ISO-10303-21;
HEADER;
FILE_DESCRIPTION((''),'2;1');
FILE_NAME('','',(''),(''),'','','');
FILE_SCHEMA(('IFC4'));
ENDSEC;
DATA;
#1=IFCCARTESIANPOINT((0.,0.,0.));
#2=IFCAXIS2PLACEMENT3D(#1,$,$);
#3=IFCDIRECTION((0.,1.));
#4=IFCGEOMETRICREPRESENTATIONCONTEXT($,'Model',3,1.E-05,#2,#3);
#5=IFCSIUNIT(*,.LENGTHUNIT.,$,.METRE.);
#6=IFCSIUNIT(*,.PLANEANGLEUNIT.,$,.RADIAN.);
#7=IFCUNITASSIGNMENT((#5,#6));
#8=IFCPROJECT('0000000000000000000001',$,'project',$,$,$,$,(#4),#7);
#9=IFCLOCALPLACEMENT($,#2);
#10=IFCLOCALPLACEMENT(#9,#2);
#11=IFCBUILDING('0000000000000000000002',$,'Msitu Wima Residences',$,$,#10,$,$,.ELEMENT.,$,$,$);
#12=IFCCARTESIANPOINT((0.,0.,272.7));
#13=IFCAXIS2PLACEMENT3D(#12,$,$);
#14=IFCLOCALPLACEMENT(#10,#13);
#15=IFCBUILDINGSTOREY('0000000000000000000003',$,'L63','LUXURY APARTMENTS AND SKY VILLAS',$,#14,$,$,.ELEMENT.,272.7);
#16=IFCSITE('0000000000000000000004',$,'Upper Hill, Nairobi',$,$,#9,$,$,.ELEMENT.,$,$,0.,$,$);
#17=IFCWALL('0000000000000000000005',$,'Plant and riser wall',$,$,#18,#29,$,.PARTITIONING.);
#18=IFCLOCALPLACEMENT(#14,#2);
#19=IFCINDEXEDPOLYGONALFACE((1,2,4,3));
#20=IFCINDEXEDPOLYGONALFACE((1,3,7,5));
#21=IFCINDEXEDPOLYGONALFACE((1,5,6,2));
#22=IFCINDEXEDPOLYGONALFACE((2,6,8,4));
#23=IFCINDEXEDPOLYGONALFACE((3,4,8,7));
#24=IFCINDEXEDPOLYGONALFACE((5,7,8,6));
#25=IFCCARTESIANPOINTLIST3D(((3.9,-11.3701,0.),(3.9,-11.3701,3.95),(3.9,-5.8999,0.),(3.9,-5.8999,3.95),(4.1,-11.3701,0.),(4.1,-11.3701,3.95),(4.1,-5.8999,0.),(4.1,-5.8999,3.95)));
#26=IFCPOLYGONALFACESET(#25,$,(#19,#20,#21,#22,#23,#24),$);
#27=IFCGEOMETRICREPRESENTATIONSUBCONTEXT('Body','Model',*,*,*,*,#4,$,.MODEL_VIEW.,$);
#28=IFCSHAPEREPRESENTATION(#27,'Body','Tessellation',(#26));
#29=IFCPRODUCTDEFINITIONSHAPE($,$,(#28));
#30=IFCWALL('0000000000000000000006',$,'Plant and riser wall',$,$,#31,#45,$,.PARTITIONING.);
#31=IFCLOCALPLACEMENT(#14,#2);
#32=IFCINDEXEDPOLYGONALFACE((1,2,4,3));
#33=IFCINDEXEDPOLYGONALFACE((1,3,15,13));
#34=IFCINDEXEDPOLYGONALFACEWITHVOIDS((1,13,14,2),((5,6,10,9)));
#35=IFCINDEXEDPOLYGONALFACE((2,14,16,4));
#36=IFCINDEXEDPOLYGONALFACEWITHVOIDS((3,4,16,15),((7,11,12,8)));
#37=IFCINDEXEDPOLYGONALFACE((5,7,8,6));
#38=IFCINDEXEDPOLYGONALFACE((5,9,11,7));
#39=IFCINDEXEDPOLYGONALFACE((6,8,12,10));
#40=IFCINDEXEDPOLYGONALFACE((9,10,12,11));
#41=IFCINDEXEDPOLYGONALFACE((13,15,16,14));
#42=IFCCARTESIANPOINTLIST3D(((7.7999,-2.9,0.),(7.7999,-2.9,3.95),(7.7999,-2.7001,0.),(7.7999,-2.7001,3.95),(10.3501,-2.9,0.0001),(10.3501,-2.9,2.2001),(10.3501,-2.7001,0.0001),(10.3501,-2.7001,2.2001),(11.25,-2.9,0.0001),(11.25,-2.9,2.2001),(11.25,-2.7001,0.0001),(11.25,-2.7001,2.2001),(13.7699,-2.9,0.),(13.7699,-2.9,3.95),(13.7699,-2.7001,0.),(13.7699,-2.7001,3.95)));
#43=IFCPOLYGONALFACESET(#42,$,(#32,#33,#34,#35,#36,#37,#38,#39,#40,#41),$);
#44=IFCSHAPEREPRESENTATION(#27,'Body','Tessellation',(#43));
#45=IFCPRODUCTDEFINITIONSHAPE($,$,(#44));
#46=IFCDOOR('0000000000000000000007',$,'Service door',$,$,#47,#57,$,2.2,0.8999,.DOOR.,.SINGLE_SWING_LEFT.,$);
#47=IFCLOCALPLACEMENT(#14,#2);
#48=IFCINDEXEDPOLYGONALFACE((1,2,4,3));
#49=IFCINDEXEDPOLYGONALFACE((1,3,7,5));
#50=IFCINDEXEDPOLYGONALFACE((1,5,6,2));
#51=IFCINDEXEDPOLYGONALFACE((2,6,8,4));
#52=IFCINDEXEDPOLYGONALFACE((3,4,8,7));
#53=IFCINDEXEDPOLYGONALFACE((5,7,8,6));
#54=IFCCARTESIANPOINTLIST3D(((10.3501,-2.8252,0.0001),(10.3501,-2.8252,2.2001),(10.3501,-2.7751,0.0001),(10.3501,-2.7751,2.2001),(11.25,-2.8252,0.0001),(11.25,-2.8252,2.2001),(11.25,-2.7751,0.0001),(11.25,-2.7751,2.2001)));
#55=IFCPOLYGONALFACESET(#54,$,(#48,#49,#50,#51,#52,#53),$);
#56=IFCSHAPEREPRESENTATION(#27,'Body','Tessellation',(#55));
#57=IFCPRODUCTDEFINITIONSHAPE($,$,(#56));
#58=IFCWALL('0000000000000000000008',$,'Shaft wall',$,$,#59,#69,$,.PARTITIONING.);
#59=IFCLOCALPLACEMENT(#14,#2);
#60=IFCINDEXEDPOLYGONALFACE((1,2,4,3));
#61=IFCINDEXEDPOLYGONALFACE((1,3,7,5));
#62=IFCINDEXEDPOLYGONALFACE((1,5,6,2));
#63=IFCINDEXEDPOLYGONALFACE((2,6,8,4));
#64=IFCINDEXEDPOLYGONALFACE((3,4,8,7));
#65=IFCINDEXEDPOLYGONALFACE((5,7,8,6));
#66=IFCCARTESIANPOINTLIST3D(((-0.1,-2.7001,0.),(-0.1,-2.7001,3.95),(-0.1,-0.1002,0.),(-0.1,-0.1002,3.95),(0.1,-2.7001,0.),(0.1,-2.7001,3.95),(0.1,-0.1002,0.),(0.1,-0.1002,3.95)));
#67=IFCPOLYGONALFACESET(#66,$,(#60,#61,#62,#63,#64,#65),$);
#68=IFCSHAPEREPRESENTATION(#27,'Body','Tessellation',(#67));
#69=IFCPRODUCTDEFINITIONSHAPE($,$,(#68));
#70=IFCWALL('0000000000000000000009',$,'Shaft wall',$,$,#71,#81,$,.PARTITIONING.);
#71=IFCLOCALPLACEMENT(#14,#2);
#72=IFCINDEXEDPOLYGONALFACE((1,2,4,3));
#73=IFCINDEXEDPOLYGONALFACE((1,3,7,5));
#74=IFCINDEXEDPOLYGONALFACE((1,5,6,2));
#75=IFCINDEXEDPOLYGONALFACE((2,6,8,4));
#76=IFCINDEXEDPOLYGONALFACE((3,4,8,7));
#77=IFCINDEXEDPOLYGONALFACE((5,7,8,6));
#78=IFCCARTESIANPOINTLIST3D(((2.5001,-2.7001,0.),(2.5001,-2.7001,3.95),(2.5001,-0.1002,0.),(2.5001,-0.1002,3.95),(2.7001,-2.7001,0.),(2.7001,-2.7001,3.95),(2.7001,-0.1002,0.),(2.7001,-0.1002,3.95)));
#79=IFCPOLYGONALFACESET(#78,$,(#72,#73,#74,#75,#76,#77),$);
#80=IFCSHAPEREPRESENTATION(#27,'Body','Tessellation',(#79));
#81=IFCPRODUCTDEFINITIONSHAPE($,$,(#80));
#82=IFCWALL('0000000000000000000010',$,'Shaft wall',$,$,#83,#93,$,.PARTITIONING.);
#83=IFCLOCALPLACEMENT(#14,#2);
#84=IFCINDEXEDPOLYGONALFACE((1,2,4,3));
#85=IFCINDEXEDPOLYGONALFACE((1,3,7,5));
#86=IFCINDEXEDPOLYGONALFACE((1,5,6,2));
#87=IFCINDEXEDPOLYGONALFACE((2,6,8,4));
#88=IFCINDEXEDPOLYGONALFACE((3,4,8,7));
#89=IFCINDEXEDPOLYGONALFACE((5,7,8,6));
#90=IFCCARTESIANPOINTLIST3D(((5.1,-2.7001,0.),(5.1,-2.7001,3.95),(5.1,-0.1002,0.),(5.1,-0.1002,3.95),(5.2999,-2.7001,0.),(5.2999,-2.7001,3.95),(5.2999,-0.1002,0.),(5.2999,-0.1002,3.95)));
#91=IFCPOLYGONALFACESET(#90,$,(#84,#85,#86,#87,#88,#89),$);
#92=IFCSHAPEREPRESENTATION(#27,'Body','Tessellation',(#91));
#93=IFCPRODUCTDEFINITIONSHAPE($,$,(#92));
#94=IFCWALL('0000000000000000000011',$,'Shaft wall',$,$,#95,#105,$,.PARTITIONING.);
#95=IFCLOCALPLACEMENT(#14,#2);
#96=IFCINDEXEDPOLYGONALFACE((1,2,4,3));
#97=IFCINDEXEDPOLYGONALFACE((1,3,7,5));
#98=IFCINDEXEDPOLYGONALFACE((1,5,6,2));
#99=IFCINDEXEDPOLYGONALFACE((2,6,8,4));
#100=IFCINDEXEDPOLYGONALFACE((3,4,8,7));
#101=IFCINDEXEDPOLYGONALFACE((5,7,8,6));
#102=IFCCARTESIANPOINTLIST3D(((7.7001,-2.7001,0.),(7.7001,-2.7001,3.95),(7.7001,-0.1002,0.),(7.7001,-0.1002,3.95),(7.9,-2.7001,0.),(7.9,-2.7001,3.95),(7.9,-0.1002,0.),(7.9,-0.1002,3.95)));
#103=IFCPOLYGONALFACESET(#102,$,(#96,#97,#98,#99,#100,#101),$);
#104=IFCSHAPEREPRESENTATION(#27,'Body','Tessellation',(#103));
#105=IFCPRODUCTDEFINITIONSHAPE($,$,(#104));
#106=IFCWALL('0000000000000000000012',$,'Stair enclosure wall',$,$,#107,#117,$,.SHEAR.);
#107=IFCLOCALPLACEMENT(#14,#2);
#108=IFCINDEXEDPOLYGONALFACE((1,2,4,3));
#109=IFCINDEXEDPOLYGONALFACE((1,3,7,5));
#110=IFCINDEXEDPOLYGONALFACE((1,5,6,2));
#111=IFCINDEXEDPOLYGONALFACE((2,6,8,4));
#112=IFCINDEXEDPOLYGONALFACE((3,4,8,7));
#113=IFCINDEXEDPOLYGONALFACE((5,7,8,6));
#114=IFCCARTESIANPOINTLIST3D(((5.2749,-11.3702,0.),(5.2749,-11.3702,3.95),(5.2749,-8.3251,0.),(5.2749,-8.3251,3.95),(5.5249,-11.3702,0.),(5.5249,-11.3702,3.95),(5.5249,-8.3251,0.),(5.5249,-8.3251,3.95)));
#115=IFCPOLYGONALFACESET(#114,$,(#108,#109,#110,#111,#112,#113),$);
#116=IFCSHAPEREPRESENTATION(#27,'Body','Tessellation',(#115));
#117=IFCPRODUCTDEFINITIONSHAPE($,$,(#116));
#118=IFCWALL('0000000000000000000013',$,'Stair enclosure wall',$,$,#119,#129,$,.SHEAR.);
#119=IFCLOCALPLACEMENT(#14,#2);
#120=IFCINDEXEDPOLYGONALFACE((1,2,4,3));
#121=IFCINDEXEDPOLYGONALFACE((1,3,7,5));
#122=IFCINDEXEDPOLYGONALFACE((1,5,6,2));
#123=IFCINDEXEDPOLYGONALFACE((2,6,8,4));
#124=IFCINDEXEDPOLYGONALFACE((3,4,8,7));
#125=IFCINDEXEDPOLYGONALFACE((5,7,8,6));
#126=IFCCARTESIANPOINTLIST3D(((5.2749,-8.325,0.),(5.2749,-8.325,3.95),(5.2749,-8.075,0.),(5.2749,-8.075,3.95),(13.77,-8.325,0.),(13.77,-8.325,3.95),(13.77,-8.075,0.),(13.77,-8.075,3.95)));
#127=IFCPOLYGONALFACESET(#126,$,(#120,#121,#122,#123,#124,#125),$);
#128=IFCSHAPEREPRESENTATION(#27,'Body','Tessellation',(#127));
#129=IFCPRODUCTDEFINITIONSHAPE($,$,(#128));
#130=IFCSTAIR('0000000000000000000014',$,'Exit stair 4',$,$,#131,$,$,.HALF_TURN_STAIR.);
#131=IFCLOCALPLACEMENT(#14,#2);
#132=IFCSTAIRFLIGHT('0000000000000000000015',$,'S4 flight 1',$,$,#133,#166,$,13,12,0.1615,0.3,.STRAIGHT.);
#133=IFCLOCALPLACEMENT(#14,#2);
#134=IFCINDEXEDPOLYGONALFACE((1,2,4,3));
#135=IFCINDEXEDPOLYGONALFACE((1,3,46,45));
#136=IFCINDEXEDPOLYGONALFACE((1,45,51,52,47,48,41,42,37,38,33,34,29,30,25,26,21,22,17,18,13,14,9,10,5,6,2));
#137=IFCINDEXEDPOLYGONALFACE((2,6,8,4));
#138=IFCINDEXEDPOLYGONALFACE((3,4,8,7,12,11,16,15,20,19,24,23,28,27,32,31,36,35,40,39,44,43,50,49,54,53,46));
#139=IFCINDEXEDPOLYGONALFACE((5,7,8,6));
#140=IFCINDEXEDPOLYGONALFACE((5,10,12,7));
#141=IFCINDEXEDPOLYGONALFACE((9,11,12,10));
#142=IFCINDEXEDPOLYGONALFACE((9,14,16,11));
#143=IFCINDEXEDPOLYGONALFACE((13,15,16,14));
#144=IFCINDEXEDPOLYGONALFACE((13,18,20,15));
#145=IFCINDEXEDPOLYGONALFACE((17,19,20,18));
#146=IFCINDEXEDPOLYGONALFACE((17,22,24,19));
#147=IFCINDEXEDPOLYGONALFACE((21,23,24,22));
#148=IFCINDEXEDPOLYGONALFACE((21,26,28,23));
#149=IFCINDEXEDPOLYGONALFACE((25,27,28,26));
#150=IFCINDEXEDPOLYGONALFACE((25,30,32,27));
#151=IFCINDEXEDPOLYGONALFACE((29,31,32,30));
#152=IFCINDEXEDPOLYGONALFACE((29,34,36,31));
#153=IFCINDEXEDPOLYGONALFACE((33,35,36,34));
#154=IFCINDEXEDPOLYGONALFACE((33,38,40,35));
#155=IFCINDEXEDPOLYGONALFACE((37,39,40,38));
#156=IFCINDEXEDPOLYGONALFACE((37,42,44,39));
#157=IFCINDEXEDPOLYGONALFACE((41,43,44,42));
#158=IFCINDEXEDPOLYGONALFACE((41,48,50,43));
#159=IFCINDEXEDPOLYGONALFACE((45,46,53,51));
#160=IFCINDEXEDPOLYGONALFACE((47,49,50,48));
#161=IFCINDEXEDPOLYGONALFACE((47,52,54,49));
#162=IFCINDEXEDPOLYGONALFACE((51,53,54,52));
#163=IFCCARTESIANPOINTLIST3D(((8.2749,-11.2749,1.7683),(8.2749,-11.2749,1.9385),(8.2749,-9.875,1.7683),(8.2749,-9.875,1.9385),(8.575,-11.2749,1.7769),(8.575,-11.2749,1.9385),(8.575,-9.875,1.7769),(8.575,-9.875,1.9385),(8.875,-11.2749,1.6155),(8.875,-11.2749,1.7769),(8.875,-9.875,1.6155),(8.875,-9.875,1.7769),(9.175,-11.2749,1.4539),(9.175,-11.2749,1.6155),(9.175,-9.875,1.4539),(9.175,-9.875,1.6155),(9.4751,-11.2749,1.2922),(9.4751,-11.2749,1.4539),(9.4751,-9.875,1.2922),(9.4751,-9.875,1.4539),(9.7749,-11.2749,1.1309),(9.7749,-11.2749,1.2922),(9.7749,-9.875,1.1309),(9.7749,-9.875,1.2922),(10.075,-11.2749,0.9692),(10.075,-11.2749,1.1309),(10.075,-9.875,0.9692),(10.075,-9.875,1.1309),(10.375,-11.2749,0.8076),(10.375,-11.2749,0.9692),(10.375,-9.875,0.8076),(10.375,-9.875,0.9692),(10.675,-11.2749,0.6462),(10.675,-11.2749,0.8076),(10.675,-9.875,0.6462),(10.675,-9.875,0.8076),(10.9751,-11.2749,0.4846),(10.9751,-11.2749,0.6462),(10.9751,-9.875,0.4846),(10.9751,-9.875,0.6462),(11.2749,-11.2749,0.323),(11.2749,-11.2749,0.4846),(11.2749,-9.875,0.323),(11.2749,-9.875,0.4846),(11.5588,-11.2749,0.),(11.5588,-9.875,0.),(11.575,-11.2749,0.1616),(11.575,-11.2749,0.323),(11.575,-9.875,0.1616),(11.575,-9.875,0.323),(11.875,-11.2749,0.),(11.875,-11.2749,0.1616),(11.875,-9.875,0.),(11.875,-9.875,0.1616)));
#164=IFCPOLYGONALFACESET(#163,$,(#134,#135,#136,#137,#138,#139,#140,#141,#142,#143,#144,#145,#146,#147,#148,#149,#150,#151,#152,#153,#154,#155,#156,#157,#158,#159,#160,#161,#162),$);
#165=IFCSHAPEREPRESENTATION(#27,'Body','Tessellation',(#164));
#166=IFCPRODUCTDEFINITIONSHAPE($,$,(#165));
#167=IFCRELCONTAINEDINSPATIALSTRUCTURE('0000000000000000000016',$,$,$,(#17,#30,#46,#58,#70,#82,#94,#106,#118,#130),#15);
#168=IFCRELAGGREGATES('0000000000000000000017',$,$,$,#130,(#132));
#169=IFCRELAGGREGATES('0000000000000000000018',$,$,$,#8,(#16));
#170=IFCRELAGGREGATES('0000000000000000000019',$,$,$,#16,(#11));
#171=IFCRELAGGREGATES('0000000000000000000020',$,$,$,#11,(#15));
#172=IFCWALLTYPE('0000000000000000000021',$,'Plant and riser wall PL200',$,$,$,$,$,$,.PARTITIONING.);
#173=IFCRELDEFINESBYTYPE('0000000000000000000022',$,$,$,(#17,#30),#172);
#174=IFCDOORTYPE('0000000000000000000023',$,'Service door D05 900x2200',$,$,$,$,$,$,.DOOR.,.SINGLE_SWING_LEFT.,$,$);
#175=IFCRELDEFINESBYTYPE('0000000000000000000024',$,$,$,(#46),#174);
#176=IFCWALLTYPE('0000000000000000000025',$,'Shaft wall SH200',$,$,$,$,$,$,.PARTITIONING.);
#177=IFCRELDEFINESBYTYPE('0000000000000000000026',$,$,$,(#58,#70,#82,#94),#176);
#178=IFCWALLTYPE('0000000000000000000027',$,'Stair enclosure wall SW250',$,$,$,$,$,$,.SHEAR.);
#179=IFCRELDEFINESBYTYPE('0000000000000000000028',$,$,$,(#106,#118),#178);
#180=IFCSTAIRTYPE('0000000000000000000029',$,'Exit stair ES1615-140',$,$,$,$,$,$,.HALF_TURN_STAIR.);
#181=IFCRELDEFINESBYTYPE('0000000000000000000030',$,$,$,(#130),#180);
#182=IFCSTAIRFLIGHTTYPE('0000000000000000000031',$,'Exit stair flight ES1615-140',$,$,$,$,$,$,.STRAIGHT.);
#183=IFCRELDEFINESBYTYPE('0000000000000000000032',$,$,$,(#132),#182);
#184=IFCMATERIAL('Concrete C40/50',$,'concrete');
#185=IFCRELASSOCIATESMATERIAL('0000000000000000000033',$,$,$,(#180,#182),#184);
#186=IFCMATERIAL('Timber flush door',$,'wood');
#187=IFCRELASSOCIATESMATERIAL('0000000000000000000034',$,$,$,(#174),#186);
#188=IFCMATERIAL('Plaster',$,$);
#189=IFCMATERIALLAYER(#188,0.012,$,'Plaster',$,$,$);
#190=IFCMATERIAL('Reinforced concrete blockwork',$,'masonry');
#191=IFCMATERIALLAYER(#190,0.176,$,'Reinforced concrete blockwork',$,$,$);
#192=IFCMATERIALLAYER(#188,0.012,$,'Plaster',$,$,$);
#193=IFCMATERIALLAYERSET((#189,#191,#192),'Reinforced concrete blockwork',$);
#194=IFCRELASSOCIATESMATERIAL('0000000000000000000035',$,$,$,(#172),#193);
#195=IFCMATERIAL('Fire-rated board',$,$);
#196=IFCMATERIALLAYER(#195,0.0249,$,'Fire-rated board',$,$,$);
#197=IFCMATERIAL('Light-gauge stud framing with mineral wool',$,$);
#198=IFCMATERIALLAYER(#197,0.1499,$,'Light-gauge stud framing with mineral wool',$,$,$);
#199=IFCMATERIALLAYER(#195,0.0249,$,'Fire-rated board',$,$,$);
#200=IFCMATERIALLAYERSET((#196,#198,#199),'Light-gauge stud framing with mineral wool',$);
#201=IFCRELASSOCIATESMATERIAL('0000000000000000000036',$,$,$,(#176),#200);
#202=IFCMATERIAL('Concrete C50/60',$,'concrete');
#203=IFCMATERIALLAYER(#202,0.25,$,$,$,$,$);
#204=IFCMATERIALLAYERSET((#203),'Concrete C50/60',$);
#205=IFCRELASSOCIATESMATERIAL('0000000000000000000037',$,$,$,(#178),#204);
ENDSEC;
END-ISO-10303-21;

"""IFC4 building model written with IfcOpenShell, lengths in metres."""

from ifc_helpers import new_model, si_unit, direction, frame, frame_2d, origin, place, context, subcontext, project, spatial, polyline, rectangle, outline, extrude, material, layer, layer_set, type_object, element, fill, aggregate, save


model = new_model("IFC4")

# Units and contexts
model_context = context("Model", 3, precision=1e-05, world=origin(), true_north=direction((0.0, 1.0)))
body_context = subcontext(model_context, "Body", "Model", "MODEL_VIEW")
ifc_project = project(units=[si_unit("LENGTHUNIT", "METRE"), si_unit("PLANEANGLEUNIT", "RADIAN")], contexts=[model_context])

# Site, building, storey
site_placement = place(None, origin())
site = spatial("IfcSite", under=ifc_project, at=site_placement, Name="Upper Hill, Nairobi", CompositionType="ELEMENT", RefElevation=0.0)
building_placement = place(site_placement, origin())
building = spatial("IfcBuilding", under=site, at=building_placement, Name="Msitu Wima Residences", CompositionType="ELEMENT")
storey_placement = place(building_placement, frame((0.0, 0.0, 272.7)))
storey = spatial("IfcBuildingStorey", under=building, at=storey_placement, Name="L63", Description="LUXURY APARTMENTS AND SKY VILLAS", CompositionType="ELEMENT", Elevation=272.7)

# Shared definitions
ifc_material_1 = material(Name="Concrete C40/50", Category="concrete")

# Shared definitions
stair_type = type_object("IfcStairType", Name="Exit stair ES1615-140", PredefinedType="HALF_TURN_STAIR", material=ifc_material_1)

# Shared definitions
ifc_material_2 = material(Name="Plaster")
ifc_material_3 = material(Name="Timber flush door", Category="wood")
door_type = type_object("IfcDoorType", Name="Service door D05 900x2200", OperationType="SINGLE_SWING_LEFT", PredefinedType="DOOR", material=ifc_material_3)

# Wall
ifc_layer_1 = layer(ifc_material_2, 0.012, Name="Plaster")
ifc_material_4 = material(Name="Reinforced concrete blockwork", Category="masonry")
ifc_layer_2 = layer(ifc_material_4, 0.176, Name="Reinforced concrete blockwork")
ifc_layer_3 = layer(ifc_material_2, 0.012, Name="Plaster")
ifc_layer_set_1 = layer_set([ifc_layer_1, ifc_layer_2, ifc_layer_3], Name="Reinforced concrete blockwork")
wall_type_1 = type_object("IfcWallType", Name="Plant and riser wall PL200", PredefinedType="PARTITIONING", material=ifc_layer_set_1)
wall_1_placement = place(storey_placement, frame((4.0, -11.3701, 0.0), z_axis=(0.0, 0.0, 1.0), x_axis=(0.0, 1.0, 0.0)))
element("IfcWall", 1, at=wall_1_placement, inside=storey, type_object=wall_type_1, Name="Plant and riser wall", PredefinedType="PARTITIONING", context=body_context, shape_type="SweptSolid", body=[
    extrude(rectangle(XDim=5.4702, YDim=0.2, at=frame_2d((2.7351, 0.0))), origin(), (0.0, 0.0, 1.0), 3.95),
])

# Wall, opening, door
wall_2_placement = place(storey_placement, frame((7.8, -2.8, 0.0), z_axis=(0.0, 0.0, 1.0), x_axis=(1.0, 0.0, 0.0)))
wall_2 = element("IfcWall", 2, at=wall_2_placement, inside=storey, type_object=wall_type_1, Name="Plant and riser wall", PredefinedType="PARTITIONING", context=body_context, shape_type="SweptSolid", body=[
    extrude(rectangle(XDim=5.97, YDim=0.2, at=frame_2d((2.9849, 0.0))), origin(), (0.0, 0.0, 1.0), 3.95),
])
opening_1_placement = place(wall_2_placement, frame((2.55, 0.0, 0.0)))
opening_1 = element("IfcOpeningElement", 3, at=opening_1_placement, cuts=wall_2, PredefinedType="OPENING", context=body_context, shape_type="SweptSolid", body=[
    extrude(rectangle(XDim=0.8999, YDim=2.2, at=frame_2d((0.45, 1.1001))), frame((0.0, 0.1099, 0.0), z_axis=(0.0, -1.0, 0.0), x_axis=(1.0, 0.0, 0.0)), (0.0, 0.0, 1.0), 0.22),
])
door_1_placement = place(opening_1_placement, origin())
door_1 = element("IfcDoor", 4, at=door_1_placement, inside=storey, type_object=door_type, Name="Service door", OperationType="SINGLE_SWING_LEFT", OverallHeight=2.2, OverallWidth=0.8999, PredefinedType="DOOR", context=body_context, shape_type="SweptSolid", body=[
    extrude(rectangle(XDim=0.8999, YDim=2.2, at=frame_2d((0.45, 1.1001))), frame((0.0, 0.0249, 0.0), z_axis=(0.0, -1.0, 0.0), x_axis=(1.0, 0.0, 0.0)), (0.0, 0.0, 1.0), 0.05),
])
fill(opening_1, door_1)

# Walls
ifc_material_5 = material(Name="Fire-rated board")
ifc_layer_4 = layer(ifc_material_5, 0.0249, Name="Fire-rated board")
ifc_material_6 = material(Name="Light-gauge stud framing with mineral wool")
ifc_layer_5 = layer(ifc_material_6, 0.1499, Name="Light-gauge stud framing with mineral wool")
ifc_layer_6 = layer(ifc_material_5, 0.0249, Name="Fire-rated board")
ifc_layer_set_2 = layer_set([ifc_layer_4, ifc_layer_5, ifc_layer_6], Name="Light-gauge stud framing with mineral wool")
wall_type_2 = type_object("IfcWallType", Name="Shaft wall SH200", PredefinedType="PARTITIONING", material=ifc_layer_set_2)
for number, where, z_axis, x_axis, name in (
    (5, (0.0, -2.7, 0.0), (0.0, 0.0, 1.0), (0.0, 1.0, 0.0), "Shaft wall"),
    (6, (2.6001, -2.7, 0.0), (0.0, 0.0, 1.0), (0.0, 1.0, 0.0), "Shaft wall"),
    (7, (5.2, -2.7, 0.0), (0.0, 0.0, 1.0), (0.0, 1.0, 0.0), "Shaft wall"),
    (8, (7.8, -2.7, 0.0), (0.0, 0.0, 1.0), (0.0, 1.0, 0.0), "Shaft wall"),
):
    element("IfcWall", number, at=place(storey_placement, frame(where, z_axis=z_axis, x_axis=x_axis)), inside=storey, type_object=wall_type_2, Name=name, PredefinedType="PARTITIONING", context=body_context, shape_type="SweptSolid", body=[
        extrude(rectangle(XDim=2.5999, YDim=0.2, at=frame_2d((1.2998, 0.0))), origin(), (0.0, 0.0, 1.0), 3.95),
    ])
ifc_material_7 = material(Name="Concrete C50/60", Category="concrete")
ifc_layer_7 = layer(ifc_material_7, 0.25)
ifc_layer_set_3 = layer_set([ifc_layer_7], Name="Concrete C50/60")
wall_type_3 = type_object("IfcWallType", Name="Stair enclosure wall SW250", PredefinedType="SHEAR", material=ifc_layer_set_3)
wall_3_placement = place(storey_placement, frame((5.3999, -11.3701, 0.0), z_axis=(0.0, 0.0, 1.0), x_axis=(0.0, 1.0, 0.0)))
element("IfcWall", 9, at=wall_3_placement, inside=storey, type_object=wall_type_3, Name="Stair enclosure wall", PredefinedType="SHEAR", context=body_context, shape_type="SweptSolid", body=[
    extrude(rectangle(XDim=3.0452, YDim=0.25, at=frame_2d((1.5225, 0.0))), origin(), (0.0, 0.0, 1.0), 3.95),
])
wall_4_placement = place(storey_placement, frame((5.2749, -8.2, 0.0), z_axis=(0.0, 0.0, 1.0), x_axis=(1.0, 0.0, 0.0)))
element("IfcWall", 10, at=wall_4_placement, inside=storey, type_object=wall_type_3, Name="Stair enclosure wall", PredefinedType="SHEAR", context=body_context, shape_type="SweptSolid", body=[
    extrude(rectangle(XDim=8.4951, YDim=0.25, at=frame_2d((4.2476, 0.0))), origin(), (0.0, 0.0, 1.0), 3.95),
])

# Stair, stair flight
stair_1_placement = place(storey_placement, origin())
stair_1 = element("IfcStair", 11, at=stair_1_placement, inside=storey, type_object=stair_type, Name="Exit stair 4", PredefinedType="HALF_TURN_STAIR")
stair_flight_type = type_object("IfcStairFlightType", Name="Exit stair flight ES1615-140", PredefinedType="STRAIGHT", material=ifc_material_1)
stair_flight_1_placement = place(storey_placement, frame((11.875, -10.575, 0.0), z_axis=(0.0, 0.0, 1.0), x_axis=(-1.0, 0.0, 0.0)))
stair_flight_1 = element("IfcStairFlight", 12, at=stair_flight_1_placement, type_object=stair_flight_type, Name="S4 flight 1", NumberOfRisers=13, NumberOfTreads=12, PredefinedType="STRAIGHT", RiserHeight=0.1615, TreadLength=0.3, context=body_context, shape_type="SweptSolid", body=[
    extrude(outline(polyline([(0.0, 0.0), (0.0, 0.1616), (0.3, 0.1616), (0.3, 0.323), (0.6001, 0.323), (0.6001, 0.4846), (0.8999, 0.4846), (0.8999, 0.6462), (1.2, 0.6462), (1.2, 0.8076), (1.5, 0.8076), (1.5, 0.9692), (1.8, 0.9692), (1.8, 1.1309), (2.1001, 1.1309), (2.1001, 1.2922), (2.3999, 1.2922), (2.3999, 1.4539), (2.7, 1.4539), (2.7, 1.6155), (3.0, 1.6155), (3.0, 1.7769), (3.3, 1.7769), (3.3, 1.9385), (3.6001, 1.9385), (3.6001, 2.1001), (3.6001, 1.7683), (0.3162, 0.0), (0.0, 0.0)])), frame((0.0, 0.7, 0.0), z_axis=(0.0, -1.0, 0.0), x_axis=(1.0, 0.0, 0.0)), (0.0, 0.0, 1.0), 1.3999),
])
aggregate(stair_1, [stair_flight_1])

save(model, "model.ifc")
